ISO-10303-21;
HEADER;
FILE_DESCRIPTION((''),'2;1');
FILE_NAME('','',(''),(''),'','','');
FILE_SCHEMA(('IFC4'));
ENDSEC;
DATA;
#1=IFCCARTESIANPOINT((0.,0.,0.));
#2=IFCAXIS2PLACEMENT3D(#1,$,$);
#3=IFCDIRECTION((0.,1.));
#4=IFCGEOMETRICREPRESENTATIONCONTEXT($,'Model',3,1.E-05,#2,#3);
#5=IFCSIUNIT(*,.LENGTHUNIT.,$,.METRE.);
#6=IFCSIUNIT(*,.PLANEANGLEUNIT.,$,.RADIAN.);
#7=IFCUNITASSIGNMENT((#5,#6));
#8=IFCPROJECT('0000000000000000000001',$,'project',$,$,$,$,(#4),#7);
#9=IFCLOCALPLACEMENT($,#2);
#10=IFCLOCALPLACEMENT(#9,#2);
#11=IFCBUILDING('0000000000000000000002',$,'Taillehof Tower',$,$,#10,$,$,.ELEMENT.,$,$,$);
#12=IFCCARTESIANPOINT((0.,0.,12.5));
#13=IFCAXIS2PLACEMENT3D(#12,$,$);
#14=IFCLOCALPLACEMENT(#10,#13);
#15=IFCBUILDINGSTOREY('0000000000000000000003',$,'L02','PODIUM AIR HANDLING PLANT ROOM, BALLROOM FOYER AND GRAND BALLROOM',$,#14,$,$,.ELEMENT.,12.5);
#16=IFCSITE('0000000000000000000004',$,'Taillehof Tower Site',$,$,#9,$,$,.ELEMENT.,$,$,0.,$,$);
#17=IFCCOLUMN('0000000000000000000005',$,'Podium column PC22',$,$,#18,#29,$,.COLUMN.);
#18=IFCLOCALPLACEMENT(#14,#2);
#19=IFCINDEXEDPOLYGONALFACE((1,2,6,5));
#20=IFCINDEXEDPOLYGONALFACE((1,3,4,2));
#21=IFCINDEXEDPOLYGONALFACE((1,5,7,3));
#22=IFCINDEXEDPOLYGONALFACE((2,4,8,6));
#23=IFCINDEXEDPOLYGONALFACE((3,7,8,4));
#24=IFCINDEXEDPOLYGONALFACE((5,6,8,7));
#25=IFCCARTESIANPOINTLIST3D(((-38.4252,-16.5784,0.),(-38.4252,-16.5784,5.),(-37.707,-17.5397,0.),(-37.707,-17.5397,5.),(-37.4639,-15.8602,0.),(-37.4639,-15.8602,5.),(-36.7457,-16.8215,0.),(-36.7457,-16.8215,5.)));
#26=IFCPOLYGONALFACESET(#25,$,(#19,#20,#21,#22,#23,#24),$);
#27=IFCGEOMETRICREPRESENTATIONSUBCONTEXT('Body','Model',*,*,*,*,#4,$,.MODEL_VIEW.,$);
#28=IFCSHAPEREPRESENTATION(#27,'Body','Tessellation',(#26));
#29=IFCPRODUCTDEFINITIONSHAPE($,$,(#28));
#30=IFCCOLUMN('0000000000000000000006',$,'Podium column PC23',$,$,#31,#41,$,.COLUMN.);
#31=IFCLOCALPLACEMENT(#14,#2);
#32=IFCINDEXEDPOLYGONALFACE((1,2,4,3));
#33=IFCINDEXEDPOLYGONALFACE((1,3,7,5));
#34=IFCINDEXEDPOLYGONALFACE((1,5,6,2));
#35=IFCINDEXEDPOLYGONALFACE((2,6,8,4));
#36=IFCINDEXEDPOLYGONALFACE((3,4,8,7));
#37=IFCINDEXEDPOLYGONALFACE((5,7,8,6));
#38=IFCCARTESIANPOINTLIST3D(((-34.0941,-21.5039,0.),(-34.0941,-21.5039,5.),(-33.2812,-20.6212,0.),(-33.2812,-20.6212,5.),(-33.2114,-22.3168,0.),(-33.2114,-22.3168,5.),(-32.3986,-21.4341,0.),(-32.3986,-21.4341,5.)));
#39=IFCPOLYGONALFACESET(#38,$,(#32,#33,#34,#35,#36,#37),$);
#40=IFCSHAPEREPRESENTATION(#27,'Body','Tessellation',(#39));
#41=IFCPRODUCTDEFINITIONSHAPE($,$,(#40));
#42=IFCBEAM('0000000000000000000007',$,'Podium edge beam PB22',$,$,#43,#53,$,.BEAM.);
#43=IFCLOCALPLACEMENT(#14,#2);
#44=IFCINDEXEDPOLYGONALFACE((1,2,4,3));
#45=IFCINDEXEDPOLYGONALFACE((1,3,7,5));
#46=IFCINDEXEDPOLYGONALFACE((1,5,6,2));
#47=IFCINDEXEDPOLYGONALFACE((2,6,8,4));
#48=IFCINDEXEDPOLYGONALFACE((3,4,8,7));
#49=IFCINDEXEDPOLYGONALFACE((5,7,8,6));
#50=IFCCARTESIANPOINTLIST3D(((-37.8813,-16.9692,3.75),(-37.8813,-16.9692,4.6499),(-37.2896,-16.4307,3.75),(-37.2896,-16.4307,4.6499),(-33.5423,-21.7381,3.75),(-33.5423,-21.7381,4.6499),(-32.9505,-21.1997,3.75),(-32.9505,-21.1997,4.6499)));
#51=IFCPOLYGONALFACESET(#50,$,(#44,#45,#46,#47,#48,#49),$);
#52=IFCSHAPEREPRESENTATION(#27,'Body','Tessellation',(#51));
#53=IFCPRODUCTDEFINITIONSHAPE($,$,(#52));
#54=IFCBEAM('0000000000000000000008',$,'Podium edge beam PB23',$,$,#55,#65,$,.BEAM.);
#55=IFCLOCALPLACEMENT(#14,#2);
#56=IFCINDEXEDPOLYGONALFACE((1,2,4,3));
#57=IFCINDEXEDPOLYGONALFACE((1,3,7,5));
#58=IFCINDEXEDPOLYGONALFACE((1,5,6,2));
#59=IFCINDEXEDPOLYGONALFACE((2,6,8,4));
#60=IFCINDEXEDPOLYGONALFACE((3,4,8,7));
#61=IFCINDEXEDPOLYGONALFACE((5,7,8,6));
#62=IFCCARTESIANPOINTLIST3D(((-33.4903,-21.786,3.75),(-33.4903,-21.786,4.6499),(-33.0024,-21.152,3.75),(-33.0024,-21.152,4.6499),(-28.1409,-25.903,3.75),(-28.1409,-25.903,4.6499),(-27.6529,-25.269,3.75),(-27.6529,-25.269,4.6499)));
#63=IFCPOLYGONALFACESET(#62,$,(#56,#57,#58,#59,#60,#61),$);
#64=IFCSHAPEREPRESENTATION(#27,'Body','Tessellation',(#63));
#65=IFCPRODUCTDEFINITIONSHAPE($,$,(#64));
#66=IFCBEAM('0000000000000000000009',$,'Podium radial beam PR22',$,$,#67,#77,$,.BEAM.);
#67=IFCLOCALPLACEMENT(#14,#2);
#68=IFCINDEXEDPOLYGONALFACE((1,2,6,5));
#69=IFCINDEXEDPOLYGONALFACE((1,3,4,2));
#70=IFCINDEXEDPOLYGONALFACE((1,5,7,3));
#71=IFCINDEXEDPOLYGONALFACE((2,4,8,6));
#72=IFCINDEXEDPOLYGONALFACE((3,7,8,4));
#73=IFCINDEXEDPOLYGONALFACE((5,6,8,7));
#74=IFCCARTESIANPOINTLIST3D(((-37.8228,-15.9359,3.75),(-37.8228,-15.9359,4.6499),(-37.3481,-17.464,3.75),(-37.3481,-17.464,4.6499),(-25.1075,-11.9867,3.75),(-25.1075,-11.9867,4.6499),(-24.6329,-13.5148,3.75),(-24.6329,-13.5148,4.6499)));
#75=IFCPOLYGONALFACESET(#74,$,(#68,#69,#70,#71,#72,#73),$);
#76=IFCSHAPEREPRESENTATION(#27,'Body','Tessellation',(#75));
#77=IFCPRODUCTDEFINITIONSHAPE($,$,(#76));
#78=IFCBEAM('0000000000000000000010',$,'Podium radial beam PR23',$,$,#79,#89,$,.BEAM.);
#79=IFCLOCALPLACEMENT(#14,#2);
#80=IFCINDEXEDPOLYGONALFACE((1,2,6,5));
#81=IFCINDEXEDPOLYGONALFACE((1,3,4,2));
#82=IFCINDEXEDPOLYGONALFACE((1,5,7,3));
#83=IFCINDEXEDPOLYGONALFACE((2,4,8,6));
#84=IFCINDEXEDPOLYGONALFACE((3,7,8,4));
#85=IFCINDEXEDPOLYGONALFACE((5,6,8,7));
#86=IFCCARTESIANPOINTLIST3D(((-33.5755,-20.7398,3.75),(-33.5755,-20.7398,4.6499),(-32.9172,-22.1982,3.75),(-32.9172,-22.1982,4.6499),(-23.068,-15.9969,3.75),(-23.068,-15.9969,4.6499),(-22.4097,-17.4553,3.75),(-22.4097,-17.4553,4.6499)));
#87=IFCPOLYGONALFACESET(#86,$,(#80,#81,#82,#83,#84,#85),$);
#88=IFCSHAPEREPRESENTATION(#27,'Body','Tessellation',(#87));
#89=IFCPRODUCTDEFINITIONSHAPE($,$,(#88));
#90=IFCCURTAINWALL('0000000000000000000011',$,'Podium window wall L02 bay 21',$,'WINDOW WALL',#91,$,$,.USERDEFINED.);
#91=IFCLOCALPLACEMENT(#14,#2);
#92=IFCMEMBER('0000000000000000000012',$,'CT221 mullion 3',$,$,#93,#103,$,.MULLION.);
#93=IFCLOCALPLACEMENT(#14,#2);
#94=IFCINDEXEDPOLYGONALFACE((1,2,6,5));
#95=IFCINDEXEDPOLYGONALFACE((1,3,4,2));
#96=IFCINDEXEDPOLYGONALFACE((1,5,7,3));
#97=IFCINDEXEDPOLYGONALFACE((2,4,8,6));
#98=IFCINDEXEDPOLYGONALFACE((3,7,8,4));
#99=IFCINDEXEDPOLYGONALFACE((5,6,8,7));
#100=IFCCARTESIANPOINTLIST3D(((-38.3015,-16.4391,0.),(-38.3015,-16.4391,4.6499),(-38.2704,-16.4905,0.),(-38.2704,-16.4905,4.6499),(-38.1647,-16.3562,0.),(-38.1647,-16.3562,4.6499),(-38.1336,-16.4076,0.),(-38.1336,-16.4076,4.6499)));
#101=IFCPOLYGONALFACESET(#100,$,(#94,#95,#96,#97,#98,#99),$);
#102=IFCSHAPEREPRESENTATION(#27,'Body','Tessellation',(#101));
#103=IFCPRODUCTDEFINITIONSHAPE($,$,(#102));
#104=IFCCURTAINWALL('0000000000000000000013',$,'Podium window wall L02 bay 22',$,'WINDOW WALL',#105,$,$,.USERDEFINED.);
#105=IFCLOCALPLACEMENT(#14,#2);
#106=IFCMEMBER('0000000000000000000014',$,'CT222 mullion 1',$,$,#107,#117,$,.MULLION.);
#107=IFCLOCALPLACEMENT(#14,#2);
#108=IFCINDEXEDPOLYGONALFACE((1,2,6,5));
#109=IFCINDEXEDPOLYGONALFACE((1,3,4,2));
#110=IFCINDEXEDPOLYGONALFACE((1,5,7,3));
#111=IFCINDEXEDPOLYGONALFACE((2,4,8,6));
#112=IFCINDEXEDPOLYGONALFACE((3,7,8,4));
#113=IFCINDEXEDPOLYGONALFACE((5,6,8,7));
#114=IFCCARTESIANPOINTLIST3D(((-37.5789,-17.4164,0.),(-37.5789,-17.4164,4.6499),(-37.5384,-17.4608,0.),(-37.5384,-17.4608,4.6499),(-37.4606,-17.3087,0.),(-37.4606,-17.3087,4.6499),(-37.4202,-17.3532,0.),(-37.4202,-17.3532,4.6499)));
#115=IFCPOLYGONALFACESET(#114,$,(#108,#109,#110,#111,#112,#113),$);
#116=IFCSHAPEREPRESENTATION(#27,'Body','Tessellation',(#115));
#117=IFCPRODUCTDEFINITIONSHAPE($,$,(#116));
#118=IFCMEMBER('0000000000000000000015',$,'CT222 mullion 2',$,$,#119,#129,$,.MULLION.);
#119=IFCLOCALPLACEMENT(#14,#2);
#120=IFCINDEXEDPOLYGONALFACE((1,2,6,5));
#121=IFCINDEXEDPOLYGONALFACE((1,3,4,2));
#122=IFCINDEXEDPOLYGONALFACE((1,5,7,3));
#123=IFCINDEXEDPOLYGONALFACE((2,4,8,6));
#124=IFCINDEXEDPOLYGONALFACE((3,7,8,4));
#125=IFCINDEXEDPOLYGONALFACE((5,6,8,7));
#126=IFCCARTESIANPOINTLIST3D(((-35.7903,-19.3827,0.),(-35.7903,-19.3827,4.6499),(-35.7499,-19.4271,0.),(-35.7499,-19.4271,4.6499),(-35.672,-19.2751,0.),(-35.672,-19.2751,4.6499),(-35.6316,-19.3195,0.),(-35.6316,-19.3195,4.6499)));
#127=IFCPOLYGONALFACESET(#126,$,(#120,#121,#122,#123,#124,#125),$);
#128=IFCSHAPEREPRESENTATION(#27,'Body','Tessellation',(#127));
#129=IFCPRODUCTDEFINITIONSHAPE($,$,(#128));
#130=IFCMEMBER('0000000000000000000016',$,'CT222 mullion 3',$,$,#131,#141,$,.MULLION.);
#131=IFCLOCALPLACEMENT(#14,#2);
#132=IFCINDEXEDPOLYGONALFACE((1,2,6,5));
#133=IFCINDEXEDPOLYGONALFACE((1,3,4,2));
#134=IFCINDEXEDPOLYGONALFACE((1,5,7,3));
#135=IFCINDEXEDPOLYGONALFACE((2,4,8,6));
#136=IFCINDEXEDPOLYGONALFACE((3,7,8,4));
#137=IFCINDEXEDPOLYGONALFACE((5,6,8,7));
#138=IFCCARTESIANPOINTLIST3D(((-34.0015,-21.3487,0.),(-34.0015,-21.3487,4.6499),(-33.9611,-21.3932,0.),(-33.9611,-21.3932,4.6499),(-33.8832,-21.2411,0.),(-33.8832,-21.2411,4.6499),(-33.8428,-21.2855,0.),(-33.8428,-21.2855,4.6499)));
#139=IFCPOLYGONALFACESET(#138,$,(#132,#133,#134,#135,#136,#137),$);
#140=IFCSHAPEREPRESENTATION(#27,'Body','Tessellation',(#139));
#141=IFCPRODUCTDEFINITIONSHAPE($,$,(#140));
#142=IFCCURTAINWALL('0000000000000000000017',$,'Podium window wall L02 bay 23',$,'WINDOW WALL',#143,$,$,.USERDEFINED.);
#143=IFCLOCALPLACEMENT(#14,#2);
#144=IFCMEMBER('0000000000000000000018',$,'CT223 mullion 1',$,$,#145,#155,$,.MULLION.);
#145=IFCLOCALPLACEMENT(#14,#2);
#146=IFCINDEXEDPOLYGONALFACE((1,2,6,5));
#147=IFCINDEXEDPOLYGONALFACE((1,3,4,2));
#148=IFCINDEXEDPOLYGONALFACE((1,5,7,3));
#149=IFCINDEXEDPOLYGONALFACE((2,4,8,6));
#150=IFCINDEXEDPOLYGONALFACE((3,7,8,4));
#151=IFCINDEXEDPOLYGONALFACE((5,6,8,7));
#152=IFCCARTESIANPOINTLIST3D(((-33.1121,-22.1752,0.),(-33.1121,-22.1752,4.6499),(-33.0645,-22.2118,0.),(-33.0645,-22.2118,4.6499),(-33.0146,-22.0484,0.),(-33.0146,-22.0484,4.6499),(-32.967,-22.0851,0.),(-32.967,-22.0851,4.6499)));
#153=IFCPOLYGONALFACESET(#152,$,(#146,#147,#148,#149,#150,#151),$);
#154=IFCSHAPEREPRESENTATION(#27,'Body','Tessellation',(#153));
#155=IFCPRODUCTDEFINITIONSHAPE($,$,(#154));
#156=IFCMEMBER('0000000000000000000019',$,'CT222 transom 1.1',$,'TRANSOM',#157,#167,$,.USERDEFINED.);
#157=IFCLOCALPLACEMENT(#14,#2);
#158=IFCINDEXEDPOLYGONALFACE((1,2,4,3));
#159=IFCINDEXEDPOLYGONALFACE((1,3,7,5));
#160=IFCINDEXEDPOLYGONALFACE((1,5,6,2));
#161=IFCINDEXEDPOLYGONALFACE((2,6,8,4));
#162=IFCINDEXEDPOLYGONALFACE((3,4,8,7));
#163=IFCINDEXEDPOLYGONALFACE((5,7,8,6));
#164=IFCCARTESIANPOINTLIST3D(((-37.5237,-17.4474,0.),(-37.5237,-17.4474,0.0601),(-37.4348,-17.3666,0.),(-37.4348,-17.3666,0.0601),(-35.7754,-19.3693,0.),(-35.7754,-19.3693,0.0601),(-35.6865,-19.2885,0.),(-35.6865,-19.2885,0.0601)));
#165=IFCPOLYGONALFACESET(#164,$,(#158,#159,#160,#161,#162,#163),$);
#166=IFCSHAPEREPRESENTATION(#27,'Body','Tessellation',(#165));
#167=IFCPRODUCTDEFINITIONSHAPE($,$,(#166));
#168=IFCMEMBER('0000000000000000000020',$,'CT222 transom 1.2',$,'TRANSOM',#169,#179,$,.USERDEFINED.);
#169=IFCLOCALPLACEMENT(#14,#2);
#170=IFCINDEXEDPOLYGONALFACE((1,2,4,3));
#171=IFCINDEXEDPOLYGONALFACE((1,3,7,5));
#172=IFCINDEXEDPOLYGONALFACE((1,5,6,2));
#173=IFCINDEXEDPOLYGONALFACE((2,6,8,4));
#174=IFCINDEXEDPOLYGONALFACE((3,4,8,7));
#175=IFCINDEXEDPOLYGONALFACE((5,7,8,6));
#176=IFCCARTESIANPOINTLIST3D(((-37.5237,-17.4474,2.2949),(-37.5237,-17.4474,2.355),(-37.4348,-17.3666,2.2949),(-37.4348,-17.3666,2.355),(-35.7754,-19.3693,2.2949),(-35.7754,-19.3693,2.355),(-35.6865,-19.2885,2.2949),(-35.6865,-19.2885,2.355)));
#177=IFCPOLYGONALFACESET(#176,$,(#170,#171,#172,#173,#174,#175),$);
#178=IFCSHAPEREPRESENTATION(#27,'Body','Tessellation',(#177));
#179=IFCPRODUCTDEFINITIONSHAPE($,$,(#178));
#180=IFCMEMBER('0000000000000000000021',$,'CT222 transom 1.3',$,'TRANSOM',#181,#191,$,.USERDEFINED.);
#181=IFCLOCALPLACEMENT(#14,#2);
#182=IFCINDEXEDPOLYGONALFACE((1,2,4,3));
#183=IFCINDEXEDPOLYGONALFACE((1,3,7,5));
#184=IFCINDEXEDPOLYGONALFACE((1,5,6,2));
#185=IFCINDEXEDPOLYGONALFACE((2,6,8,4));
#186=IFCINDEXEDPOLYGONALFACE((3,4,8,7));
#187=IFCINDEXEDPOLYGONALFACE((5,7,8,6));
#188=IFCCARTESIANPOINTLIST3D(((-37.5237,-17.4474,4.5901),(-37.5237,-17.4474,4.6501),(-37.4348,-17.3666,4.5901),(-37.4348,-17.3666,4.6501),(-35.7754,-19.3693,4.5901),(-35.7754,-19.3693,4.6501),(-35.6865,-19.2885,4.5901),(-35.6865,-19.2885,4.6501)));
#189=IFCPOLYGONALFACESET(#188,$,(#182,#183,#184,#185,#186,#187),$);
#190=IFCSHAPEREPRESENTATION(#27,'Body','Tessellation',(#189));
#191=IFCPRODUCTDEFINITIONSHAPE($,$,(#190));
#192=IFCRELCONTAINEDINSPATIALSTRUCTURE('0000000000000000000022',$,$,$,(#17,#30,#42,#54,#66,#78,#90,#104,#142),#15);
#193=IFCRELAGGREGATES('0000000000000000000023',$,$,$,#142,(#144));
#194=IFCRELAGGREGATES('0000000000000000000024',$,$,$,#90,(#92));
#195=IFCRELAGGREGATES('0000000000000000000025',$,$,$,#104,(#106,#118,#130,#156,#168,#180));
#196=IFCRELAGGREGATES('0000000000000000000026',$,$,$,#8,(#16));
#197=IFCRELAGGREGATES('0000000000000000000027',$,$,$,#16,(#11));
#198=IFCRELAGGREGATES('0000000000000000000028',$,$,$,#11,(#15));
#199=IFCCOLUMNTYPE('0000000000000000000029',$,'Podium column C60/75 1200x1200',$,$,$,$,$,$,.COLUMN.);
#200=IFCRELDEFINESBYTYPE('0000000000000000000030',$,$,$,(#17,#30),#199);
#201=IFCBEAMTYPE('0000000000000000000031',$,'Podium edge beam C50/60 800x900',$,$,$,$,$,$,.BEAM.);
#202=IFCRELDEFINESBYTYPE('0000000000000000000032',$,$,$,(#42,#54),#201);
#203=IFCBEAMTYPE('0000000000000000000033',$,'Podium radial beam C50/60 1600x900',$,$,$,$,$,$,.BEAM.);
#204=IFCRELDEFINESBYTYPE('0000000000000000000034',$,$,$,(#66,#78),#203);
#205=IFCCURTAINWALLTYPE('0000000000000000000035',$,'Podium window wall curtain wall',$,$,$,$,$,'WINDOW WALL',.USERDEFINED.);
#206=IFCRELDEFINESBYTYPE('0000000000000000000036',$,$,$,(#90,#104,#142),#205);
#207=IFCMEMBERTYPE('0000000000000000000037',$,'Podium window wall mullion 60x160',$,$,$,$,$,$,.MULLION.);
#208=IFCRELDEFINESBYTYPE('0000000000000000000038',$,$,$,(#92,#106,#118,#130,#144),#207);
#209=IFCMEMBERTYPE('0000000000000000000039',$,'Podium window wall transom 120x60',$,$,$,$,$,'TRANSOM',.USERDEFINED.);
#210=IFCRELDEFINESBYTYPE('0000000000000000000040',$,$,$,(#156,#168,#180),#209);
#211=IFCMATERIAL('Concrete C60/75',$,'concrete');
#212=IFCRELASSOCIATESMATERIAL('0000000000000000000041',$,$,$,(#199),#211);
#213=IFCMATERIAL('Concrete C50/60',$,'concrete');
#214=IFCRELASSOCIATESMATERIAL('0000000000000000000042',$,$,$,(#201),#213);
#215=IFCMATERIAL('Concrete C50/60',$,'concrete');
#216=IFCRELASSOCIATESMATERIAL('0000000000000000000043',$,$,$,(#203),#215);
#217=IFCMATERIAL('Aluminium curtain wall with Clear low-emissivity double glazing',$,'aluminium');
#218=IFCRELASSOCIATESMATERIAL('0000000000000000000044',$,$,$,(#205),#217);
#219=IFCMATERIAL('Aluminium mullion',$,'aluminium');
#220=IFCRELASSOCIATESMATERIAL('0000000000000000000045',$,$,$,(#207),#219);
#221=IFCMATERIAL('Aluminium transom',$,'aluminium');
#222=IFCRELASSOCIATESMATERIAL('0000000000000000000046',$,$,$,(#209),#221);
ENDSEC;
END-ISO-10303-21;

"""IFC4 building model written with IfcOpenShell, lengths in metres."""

from ifc_helpers import new_model, si_unit, direction, frame, origin, origin_2d, place, context, subcontext, project, spatial, rectangle, extrude, material, material_profile, profile_set, type_object, element, aggregate, save


model = new_model("IFC4")

# Units and contexts
model_context = context("Model", 3, precision=1e-05, world=origin(), true_north=direction((0.0, 1.0)))
body_context = subcontext(model_context, "Body", "Model", "MODEL_VIEW")
ifc_project = project(units=[si_unit("LENGTHUNIT", "METRE"), si_unit("PLANEANGLEUNIT", "RADIAN")], contexts=[model_context])

# Site, building, storey
site_placement = place(None, origin())
site = spatial("IfcSite", under=ifc_project, at=site_placement, Name="Taillehof Tower Site", CompositionType="ELEMENT", RefElevation=0.0)
building_placement = place(site_placement, origin())
building = spatial("IfcBuilding", under=site, at=building_placement, Name="Taillehof Tower", CompositionType="ELEMENT")
storey_placement = place(building_placement, frame((0.0, 0.0, 12.5)))
storey = spatial("IfcBuildingStorey", under=building, at=storey_placement, Name="L02", Description="PODIUM AIR HANDLING PLANT ROOM, BALLROOM FOYER AND GRAND BALLROOM", CompositionType="ELEMENT", Elevation=12.5)

# Columns
ifc_material_1 = material(Name="Concrete C60/75", Category="concrete")
ifc_material_profile_1 = material_profile(ifc_material_1, rectangle(XDim=1.2, YDim=1.2, at=origin_2d()), Name="RC 1200x1200")
ifc_profile_set_1 = profile_set([ifc_material_profile_1], Name="Concrete C60/75")
column_type = type_object("IfcColumnType", Name="Podium column C60/75 1200x1200", PredefinedType="COLUMN", material=ifc_profile_set_1)
for number, where, z_axis, x_axis, name in (
    (1, (-37.5854, -16.7, 0.0), (0.0, 0.0, 1.0), (-0.801091, -0.598542, 0.0), "Podium column PC22"),
    (2, (-33.2463, -21.469, 0.0), (0.0, 0.0, 1.0), (-0.677415, -0.735601, 0.0), "Podium column PC23"),
):
    element("IfcColumn", number, at=place(storey_placement, frame(where, z_axis=z_axis, x_axis=x_axis)), inside=storey, type_object=column_type, Name=name, PredefinedType="COLUMN", context=body_context, shape_type="SweptSolid", body=[
        extrude(rectangle(XDim=1.2, YDim=1.2, at=origin_2d()), origin(), (0.0, 0.0, 1.0), 5.0),
    ])

# Beams
ifc_material_2 = material(Name="Concrete C50/60", Category="concrete")
ifc_material_profile_2 = material_profile(ifc_material_2, rectangle(XDim=0.8, YDim=0.8999, at=origin_2d()), Name="RC 800x900")
ifc_profile_set_2 = profile_set([ifc_material_profile_2], Name="Concrete C50/60")
beam_type_1 = type_object("IfcBeamType", Name="Podium edge beam C50/60 800x900", PredefinedType="BEAM", material=ifc_profile_set_2)
beam_1_placement = place(storey_placement, frame((-37.5854, -16.7, 4.2), z_axis=(0.67298, -0.739661, 0.0), x_axis=(0.739661, 0.67298, 0.0)))
element("IfcBeam", 3, at=beam_1_placement, inside=storey, type_object=beam_type_1, Name="Podium edge beam PB22", PredefinedType="BEAM", context=body_context, shape_type="SweptSolid", body=[
    extrude(rectangle(XDim=0.8, YDim=0.8999, at=origin_2d()), origin(), (0.0, 0.0, 1.0), 6.4475),
])
beam_2_placement = place(storey_placement, frame((-33.2463, -21.469, 4.2), z_axis=(0.792477, -0.609901, 0.0), x_axis=(0.609901, 0.792477, 0.0)))
element("IfcBeam", 4, at=beam_2_placement, inside=storey, type_object=beam_type_1, Name="Podium edge beam PB23", PredefinedType="BEAM", context=body_context, shape_type="SweptSolid", body=[
    extrude(rectangle(XDim=0.8, YDim=0.8999, at=origin_2d()), origin(), (0.0, 0.0, 1.0), 6.7502),
])
ifc_material_3 = material(Name="Concrete C50/60", Category="concrete")
ifc_material_profile_3 = material_profile(ifc_material_3, rectangle(XDim=1.6001, YDim=0.8999, at=origin_2d()), Name="RC 1600x900")
ifc_profile_set_3 = profile_set([ifc_material_profile_3], Name="Concrete C50/60")
beam_type_2 = type_object("IfcBeamType", Name="Podium radial beam C50/60 1600x900", PredefinedType="BEAM", material=ifc_profile_set_3)
beam_3_placement = place(storey_placement, frame((-37.5854, -16.7, 4.2), z_axis=(0.954999, 0.29661, 0.0), x_axis=(-0.29661, 0.954999, 0.0)))
element("IfcBeam", 5, at=beam_3_placement, inside=storey, type_object=beam_type_2, Name="Podium radial beam PR22", PredefinedType="BEAM", context=body_context, shape_type="SweptSolid", body=[
    extrude(rectangle(XDim=1.6001, YDim=0.8999, at=origin_2d()), origin(), (0.0, 0.0, 1.0), 13.3145),
])
beam_4_placement = place(storey_placement, frame((-33.2463, -21.469, 4.2), z_axis=(0.91145, 0.411411, 0.0), x_axis=(-0.411411, 0.91145, 0.0)))
element("IfcBeam", 6, at=beam_4_placement, inside=storey, type_object=beam_type_2, Name="Podium radial beam PR23", PredefinedType="BEAM", context=body_context, shape_type="SweptSolid", body=[
    extrude(rectangle(XDim=1.6001, YDim=0.8999, at=origin_2d()), origin(), (0.0, 0.0, 1.0), 11.5283),
])

# Curtain wall, member
ifc_material_4 = material(Name="Aluminium curtain wall with Clear low-emissivity double glazing", Category="aluminium")
curtain_wall_type = type_object("IfcCurtainWallType", Name="Podium window wall curtain wall", ElementType="WINDOW WALL", PredefinedType="USERDEFINED", material=ifc_material_4)
curtain_wall_1_placement = place(storey_placement, origin())
curtain_wall_1 = element("IfcCurtainWall", 7, at=curtain_wall_1_placement, inside=storey, type_object=curtain_wall_type, Name="Podium window wall L02 bay 21", ObjectType="WINDOW WALL", PredefinedType="USERDEFINED")
ifc_material_5 = material(Name="Aluminium mullion", Category="aluminium")
ifc_material_profile_4 = material_profile(ifc_material_5, rectangle(XDim=0.1599, YDim=0.0601, at=origin_2d()), Name="AL 60x160")
ifc_profile_set_4 = profile_set([ifc_material_profile_4], Name="Aluminium mullion")
member_type_1 = type_object("IfcMemberType", Name="Podium window wall mullion 60x160", PredefinedType="MULLION", material=ifc_profile_set_4)
member_1_placement = place(storey_placement, frame((-38.2175, -16.4233, 0.0), z_axis=(0.0, 0.0, 1.0), x_axis=(0.855289, 0.518151, 0.0)))
member_1 = element("IfcMember", 8, at=member_1_placement, type_object=member_type_1, Name="CT221 mullion 3", PredefinedType="MULLION", context=body_context, shape_type="SweptSolid", body=[
    extrude(rectangle(XDim=0.1599, YDim=0.0601, at=origin_2d()), origin(), (0.0, 0.0, 1.0), 4.6499),
])

# Curtain wall, members
curtain_wall_2_placement = place(storey_placement, origin())
curtain_wall_2 = element("IfcCurtainWall", 9, at=curtain_wall_2_placement, inside=storey, type_object=curtain_wall_type, Name="Podium window wall L02 bay 22", ObjectType="WINDOW WALL", PredefinedType="USERDEFINED")
member_2_placement = place(storey_placement, frame((-37.4995, -17.3848, 0.0), z_axis=(0.0, 0.0, 1.0), x_axis=(0.739707, 0.672929, 0.0)))
member_2 = element("IfcMember", 10, at=member_2_placement, type_object=member_type_1, Name="CT222 mullion 1", PredefinedType="MULLION", context=body_context, shape_type="SweptSolid", body=[
    extrude(rectangle(XDim=0.1599, YDim=0.0601, at=origin_2d()), origin(), (0.0, 0.0, 1.0), 4.6499),
])
member_3_placement = place(storey_placement, frame((-35.7109, -19.3511, 0.0), z_axis=(0.0, 0.0, 1.0), x_axis=(0.739707, 0.672929, 0.0)))
member_3 = element("IfcMember", 11, at=member_3_placement, type_object=member_type_1, Name="CT222 mullion 2", PredefinedType="MULLION", context=body_context, shape_type="SweptSolid", body=[
    extrude(rectangle(XDim=0.1599, YDim=0.0601, at=origin_2d()), origin(), (0.0, 0.0, 1.0), 4.6499),
])
member_4_placement = place(storey_placement, frame((-33.9221, -21.3171, 0.0), z_axis=(0.0, 0.0, 1.0), x_axis=(0.739707, 0.672929, 0.0)))
member_4 = element("IfcMember", 12, at=member_4_placement, type_object=member_type_1, Name="CT222 mullion 3", PredefinedType="MULLION", context=body_context, shape_type="SweptSolid", body=[
    extrude(rectangle(XDim=0.1599, YDim=0.0601, at=origin_2d()), origin(), (0.0, 0.0, 1.0), 4.6499),
])

# Curtain wall, member
curtain_wall_3_placement = place(storey_placement, origin())
curtain_wall_3 = element("IfcCurtainWall", 13, at=curtain_wall_3_placement, inside=storey, type_object=curtain_wall_type, Name="Podium window wall L02 bay 23", ObjectType="WINDOW WALL", PredefinedType="USERDEFINED")
member_5_placement = place(storey_placement, frame((-33.0396, -22.1301, 0.0), z_axis=(0.0, 0.0, 1.0), x_axis=(0.609932, 0.792454, 0.0)))
member_5 = element("IfcMember", 14, at=member_5_placement, type_object=member_type_1, Name="CT223 mullion 1", PredefinedType="MULLION", context=body_context, shape_type="SweptSolid", body=[
    extrude(rectangle(XDim=0.1599, YDim=0.0601, at=origin_2d()), origin(), (0.0, 0.0, 1.0), 4.6499),
])

# Members
ifc_material_6 = material(Name="Aluminium transom", Category="aluminium")
ifc_material_profile_5 = material_profile(ifc_material_6, rectangle(XDim=0.1201, YDim=0.0601, at=origin_2d()), Name="AL 120x60")
ifc_profile_set_5 = profile_set([ifc_material_profile_5], Name="Aluminium transom")
member_type_2 = type_object("IfcMemberType", Name="Podium window wall transom 120x60", ElementType="TRANSOM", PredefinedType="USERDEFINED", material=ifc_profile_set_5)
member_6_placement = place(storey_placement, frame((-37.4792, -17.407, 0.03), z_axis=(0.672911, -0.739723, 0.0), x_axis=(0.739723, 0.672911, 0.0)))
member_6 = element("IfcMember", 15, at=member_6_placement, type_object=member_type_2, Name="CT222 transom 1.1", ObjectType="TRANSOM", PredefinedType="USERDEFINED", context=body_context, shape_type="SweptSolid", body=[
    extrude(rectangle(XDim=0.1201, YDim=0.0601, at=origin_2d()), origin(), (0.0, 0.0, 1.0), 2.5981),
])
member_7_placement = place(storey_placement, frame((-37.4792, -17.407, 2.325), z_axis=(0.672911, -0.739723, 0.0), x_axis=(0.739723, 0.672911, 0.0)))
member_7 = element("IfcMember", 16, at=member_7_placement, type_object=member_type_2, Name="CT222 transom 1.2", ObjectType="TRANSOM", PredefinedType="USERDEFINED", context=body_context, shape_type="SweptSolid", body=[
    extrude(rectangle(XDim=0.1201, YDim=0.0601, at=origin_2d()), origin(), (0.0, 0.0, 1.0), 2.5981),
])
member_8_placement = place(storey_placement, frame((-37.4792, -17.407, 4.6201), z_axis=(0.672911, -0.739723, 0.0), x_axis=(0.739723, 0.672911, 0.0)))
member_8 = element("IfcMember", 17, at=member_8_placement, type_object=member_type_2, Name="CT222 transom 1.3", ObjectType="TRANSOM", PredefinedType="USERDEFINED", context=body_context, shape_type="SweptSolid", body=[
    extrude(rectangle(XDim=0.1201, YDim=0.0601, at=origin_2d()), origin(), (0.0, 0.0, 1.0), 2.5981),
])
aggregate(curtain_wall_3, [member_5])

aggregate(curtain_wall_1, [member_1])
aggregate(curtain_wall_2, [member_2, member_3, member_4, member_6, member_7, member_8])

save(model, "model.ifc")
